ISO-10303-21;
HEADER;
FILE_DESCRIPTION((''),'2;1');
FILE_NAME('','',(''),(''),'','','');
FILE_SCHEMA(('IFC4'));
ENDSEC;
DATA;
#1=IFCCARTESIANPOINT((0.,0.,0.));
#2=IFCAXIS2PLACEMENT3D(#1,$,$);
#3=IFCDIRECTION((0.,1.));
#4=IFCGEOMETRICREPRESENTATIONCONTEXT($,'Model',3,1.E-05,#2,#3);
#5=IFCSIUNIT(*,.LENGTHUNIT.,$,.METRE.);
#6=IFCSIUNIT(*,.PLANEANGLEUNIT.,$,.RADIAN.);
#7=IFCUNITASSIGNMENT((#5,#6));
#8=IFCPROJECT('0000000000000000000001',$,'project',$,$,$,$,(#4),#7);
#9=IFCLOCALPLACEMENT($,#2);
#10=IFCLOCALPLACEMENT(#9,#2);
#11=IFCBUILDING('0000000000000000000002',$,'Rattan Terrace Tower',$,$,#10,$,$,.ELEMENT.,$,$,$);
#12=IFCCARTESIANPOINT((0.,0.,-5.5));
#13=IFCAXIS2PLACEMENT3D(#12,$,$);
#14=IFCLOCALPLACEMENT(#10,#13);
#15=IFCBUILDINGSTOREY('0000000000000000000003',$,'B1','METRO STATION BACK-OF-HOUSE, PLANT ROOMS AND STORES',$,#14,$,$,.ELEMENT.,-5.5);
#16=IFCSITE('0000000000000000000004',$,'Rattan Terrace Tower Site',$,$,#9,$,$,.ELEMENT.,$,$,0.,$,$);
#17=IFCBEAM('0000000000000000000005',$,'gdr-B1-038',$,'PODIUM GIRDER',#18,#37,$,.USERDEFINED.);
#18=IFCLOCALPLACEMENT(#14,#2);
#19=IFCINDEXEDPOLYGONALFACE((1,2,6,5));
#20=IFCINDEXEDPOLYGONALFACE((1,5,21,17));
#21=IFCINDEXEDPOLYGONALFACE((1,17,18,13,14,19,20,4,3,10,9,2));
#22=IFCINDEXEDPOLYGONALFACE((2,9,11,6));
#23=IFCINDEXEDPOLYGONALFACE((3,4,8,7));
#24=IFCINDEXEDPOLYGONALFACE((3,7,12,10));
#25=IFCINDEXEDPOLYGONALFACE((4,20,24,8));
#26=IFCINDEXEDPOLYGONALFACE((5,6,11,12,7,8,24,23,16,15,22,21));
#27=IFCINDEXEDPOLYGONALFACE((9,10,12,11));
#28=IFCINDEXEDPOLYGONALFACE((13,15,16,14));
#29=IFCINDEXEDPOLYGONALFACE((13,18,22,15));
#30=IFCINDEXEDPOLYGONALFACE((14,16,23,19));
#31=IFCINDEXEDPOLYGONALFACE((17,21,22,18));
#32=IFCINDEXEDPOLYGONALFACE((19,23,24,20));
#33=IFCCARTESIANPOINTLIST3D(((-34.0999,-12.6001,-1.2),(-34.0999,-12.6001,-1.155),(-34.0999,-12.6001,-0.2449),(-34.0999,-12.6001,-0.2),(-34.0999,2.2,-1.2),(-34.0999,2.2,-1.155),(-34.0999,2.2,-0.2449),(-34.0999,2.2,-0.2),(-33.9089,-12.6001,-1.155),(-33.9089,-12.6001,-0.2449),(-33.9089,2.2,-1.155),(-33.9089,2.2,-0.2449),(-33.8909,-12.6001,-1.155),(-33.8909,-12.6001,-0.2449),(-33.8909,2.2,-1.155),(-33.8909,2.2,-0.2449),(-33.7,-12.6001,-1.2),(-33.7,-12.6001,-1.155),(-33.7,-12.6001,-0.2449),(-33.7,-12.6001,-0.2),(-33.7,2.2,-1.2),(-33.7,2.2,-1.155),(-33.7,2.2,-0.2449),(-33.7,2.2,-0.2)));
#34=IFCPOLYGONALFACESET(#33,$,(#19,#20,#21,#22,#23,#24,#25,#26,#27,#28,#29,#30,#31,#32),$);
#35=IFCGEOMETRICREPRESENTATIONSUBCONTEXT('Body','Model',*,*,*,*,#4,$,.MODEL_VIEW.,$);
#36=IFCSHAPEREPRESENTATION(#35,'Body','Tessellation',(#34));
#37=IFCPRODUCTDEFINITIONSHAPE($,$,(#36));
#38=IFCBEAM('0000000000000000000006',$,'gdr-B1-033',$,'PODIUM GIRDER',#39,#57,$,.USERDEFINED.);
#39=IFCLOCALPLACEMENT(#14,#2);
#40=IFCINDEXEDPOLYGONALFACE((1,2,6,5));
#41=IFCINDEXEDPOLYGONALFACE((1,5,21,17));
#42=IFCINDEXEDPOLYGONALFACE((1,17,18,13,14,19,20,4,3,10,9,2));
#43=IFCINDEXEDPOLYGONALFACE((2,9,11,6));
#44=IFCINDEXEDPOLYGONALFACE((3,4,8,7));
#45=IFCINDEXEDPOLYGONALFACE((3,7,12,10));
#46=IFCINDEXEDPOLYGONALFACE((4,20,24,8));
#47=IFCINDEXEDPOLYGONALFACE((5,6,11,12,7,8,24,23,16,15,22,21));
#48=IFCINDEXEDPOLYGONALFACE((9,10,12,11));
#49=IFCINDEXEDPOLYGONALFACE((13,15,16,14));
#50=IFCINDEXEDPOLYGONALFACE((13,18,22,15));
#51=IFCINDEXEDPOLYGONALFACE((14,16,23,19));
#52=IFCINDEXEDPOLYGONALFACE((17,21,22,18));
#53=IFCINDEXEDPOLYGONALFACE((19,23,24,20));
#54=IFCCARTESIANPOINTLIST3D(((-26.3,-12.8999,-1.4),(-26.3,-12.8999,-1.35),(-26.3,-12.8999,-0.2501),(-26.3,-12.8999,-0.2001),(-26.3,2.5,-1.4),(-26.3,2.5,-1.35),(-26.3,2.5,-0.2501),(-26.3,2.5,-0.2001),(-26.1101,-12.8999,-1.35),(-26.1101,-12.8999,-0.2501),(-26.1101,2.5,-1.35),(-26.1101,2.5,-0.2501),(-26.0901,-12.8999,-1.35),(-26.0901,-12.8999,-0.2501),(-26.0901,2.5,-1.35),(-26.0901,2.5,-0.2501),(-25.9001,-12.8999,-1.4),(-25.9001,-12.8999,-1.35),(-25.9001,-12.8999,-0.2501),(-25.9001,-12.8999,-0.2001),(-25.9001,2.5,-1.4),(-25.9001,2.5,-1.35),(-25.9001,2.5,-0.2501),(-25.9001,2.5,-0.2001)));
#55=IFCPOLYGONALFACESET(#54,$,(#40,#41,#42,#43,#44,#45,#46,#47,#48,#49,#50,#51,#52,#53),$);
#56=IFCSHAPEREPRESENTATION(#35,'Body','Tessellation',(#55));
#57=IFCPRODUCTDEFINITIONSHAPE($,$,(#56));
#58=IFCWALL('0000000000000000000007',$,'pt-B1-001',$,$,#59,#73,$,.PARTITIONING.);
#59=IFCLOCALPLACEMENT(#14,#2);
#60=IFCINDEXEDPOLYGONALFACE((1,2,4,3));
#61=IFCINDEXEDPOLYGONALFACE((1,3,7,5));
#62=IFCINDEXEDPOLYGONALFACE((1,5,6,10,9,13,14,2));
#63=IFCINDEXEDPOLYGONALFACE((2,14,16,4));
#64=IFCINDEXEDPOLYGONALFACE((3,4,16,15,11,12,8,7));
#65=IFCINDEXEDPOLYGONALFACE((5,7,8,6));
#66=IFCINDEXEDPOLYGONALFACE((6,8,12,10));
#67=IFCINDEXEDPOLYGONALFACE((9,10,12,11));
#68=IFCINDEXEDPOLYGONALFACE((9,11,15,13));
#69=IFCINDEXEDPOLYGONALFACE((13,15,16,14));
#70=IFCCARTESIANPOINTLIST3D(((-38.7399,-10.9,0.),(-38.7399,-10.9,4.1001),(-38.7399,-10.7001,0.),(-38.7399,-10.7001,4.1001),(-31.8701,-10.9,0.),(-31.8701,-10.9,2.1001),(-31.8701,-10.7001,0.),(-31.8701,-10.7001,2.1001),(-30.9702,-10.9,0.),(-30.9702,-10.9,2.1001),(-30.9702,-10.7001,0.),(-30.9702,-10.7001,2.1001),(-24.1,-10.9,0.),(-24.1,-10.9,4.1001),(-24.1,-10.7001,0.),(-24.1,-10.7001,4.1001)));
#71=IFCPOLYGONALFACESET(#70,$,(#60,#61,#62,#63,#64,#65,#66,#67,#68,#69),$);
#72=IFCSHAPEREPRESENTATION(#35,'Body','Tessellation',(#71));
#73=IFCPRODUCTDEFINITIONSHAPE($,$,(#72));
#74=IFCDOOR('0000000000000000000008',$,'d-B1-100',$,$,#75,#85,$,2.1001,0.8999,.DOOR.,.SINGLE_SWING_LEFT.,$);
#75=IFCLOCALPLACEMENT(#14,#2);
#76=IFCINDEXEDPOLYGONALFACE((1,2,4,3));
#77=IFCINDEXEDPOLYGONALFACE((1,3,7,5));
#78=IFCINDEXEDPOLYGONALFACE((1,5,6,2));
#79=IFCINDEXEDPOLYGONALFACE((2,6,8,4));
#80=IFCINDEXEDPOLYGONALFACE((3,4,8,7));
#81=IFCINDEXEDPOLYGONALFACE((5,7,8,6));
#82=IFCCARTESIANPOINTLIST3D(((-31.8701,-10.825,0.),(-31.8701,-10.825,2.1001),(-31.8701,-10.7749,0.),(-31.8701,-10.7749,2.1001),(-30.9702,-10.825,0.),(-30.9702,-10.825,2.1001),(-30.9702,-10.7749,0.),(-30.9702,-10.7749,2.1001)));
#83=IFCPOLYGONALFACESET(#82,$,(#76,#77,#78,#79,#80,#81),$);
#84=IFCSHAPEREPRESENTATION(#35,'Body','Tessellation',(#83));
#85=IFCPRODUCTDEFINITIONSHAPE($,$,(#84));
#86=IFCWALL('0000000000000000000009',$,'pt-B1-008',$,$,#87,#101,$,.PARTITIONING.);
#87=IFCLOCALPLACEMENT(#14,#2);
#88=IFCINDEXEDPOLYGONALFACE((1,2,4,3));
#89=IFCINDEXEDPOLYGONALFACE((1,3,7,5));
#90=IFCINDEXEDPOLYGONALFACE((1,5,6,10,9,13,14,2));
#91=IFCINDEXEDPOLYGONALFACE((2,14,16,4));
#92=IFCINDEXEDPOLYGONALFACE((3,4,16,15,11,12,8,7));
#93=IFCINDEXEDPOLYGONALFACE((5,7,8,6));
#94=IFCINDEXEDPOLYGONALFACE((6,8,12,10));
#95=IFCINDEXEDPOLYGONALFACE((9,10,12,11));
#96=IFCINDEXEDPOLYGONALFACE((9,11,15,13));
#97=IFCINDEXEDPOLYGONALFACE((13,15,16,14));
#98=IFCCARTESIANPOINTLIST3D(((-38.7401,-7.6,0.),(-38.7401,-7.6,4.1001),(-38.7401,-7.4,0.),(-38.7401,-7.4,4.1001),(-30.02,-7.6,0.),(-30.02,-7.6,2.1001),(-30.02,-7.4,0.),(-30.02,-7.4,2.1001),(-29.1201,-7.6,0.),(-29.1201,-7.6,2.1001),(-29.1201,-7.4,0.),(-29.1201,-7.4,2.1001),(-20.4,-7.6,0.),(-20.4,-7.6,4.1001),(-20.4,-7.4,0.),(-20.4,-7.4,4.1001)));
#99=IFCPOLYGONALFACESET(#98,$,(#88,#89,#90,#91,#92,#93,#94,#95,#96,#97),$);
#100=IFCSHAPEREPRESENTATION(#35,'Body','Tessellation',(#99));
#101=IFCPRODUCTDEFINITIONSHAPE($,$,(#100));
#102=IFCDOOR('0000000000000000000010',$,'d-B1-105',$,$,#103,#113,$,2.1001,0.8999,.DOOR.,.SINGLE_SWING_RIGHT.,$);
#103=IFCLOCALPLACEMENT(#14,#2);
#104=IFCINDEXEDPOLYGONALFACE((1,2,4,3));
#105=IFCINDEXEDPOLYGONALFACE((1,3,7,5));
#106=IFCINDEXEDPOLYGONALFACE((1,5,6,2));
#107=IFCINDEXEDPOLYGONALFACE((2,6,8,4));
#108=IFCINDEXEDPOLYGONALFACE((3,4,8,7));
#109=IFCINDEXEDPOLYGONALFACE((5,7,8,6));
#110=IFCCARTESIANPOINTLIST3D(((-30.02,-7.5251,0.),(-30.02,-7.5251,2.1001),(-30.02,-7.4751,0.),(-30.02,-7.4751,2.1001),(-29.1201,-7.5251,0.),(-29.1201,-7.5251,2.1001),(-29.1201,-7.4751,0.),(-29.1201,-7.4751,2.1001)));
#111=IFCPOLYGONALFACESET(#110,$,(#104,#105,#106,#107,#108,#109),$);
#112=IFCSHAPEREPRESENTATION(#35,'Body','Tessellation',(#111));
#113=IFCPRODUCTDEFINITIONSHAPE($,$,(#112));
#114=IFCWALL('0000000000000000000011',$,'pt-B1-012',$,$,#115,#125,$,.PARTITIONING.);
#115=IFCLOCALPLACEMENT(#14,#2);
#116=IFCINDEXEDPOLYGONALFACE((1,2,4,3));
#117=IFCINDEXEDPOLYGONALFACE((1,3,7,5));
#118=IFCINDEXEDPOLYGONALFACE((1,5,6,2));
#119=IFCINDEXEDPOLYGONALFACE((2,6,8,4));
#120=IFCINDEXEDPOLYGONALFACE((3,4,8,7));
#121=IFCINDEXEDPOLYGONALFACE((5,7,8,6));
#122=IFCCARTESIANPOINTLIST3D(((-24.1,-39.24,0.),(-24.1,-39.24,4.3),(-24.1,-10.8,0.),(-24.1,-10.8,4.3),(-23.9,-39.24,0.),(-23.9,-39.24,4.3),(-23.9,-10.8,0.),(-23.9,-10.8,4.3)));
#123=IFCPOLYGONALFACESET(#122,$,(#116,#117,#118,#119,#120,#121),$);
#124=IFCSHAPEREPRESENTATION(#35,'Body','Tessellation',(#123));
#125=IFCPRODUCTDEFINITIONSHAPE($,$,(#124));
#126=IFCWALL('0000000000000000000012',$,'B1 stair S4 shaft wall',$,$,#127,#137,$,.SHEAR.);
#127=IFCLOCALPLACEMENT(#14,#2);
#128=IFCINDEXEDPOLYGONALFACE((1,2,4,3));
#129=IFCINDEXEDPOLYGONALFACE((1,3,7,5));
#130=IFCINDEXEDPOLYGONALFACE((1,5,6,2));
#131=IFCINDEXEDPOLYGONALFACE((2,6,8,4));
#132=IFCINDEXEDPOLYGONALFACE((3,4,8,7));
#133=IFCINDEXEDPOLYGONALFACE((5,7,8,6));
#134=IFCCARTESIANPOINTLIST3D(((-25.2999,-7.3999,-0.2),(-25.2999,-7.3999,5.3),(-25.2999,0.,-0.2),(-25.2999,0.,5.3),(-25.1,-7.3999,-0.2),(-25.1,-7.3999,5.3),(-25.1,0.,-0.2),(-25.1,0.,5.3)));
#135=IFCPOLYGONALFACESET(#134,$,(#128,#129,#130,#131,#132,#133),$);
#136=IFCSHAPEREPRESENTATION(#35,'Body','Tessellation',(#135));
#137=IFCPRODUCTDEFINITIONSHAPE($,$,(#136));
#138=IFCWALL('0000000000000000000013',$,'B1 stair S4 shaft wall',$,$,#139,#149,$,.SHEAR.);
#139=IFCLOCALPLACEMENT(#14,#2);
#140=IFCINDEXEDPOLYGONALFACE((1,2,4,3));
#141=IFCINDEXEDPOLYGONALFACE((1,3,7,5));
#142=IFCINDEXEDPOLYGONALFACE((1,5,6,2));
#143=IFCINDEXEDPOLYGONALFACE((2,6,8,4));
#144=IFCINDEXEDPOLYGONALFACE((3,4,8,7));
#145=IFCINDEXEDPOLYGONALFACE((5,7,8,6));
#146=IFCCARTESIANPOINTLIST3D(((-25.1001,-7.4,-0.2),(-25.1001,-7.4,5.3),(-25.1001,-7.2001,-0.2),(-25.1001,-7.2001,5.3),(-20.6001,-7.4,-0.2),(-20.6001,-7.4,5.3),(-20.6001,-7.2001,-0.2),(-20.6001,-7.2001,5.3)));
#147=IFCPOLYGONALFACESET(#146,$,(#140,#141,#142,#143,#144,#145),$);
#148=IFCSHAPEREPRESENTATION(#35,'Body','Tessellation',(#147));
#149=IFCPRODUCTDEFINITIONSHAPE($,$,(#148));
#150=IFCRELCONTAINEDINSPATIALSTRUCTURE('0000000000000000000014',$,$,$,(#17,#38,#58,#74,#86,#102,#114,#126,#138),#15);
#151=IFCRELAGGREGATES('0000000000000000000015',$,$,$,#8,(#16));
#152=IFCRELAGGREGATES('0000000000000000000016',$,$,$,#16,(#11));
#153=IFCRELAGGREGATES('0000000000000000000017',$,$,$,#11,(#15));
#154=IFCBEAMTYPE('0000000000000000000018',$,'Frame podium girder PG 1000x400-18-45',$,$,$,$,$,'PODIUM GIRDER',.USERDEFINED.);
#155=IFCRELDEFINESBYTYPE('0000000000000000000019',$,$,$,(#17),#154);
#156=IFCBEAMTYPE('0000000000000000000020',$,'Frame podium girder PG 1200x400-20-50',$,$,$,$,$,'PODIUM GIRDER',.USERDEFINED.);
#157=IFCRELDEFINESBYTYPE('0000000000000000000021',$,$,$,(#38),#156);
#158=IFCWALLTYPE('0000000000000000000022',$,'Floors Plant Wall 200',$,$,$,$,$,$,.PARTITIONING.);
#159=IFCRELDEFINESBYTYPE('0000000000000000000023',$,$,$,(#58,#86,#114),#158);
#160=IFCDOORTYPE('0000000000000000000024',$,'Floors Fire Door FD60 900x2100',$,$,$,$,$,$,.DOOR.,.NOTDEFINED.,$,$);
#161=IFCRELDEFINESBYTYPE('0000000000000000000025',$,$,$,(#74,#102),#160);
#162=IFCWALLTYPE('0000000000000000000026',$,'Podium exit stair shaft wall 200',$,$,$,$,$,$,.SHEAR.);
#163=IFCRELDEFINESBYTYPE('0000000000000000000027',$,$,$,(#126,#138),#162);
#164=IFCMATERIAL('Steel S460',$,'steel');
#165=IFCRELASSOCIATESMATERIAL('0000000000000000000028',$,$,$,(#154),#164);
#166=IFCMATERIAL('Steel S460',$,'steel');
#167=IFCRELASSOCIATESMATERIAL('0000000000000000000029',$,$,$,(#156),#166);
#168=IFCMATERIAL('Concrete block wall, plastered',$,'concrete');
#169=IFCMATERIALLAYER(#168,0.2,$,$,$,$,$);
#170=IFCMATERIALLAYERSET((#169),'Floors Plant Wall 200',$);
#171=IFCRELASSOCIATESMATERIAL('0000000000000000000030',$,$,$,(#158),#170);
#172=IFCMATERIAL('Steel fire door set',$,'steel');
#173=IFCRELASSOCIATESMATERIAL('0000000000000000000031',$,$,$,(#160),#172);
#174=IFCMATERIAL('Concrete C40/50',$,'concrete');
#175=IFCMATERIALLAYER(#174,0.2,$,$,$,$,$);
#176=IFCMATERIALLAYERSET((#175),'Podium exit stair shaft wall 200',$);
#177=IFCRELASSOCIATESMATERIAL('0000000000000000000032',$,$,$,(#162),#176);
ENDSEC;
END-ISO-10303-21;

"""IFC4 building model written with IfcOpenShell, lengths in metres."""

from ifc_helpers import new_model, si_unit, direction, frame, frame_2d, origin, origin_2d, place, context, subcontext, project, spatial, rectangle, i_section, extrude, material, layer, layer_set, material_profile, profile_set, type_object, element, fill, save


model = new_model("IFC4")

# Units and contexts
model_context = context("Model", 3, precision=1e-05, world=origin(), true_north=direction((0.0, 1.0)))
body_context = subcontext(model_context, "Body", "Model", "MODEL_VIEW")
ifc_project = project(units=[si_unit("LENGTHUNIT", "METRE"), si_unit("PLANEANGLEUNIT", "RADIAN")], contexts=[model_context])

# Site, building, storey
site_placement = place(None, origin())
site = spatial("IfcSite", under=ifc_project, at=site_placement, Name="Rattan Terrace Tower Site", CompositionType="ELEMENT", RefElevation=0.0)
building_placement = place(site_placement, origin())
building = spatial("IfcBuilding", under=site, at=building_placement, Name="Rattan Terrace Tower", CompositionType="ELEMENT")
storey_placement = place(building_placement, frame((0.0, 0.0, -5.5)))
storey = spatial("IfcBuildingStorey", under=building, at=storey_placement, Name="B1", Description="METRO STATION BACK-OF-HOUSE, PLANT ROOMS AND STORES", CompositionType="ELEMENT", Elevation=-5.5)

# Beams
ifc_material_1 = material(Name="Steel S460", Category="steel")
ifc_material_profile_1 = material_profile(ifc_material_1, i_section(OverallWidth=0.3999, OverallDepth=1.0, WebThickness=0.0181, FlangeThickness=0.0449, at=origin_2d()), Name="PG 1000x400-18-45")
ifc_profile_set_1 = profile_set([ifc_material_profile_1], Name="Steel S460")
beam_type_1 = type_object("IfcBeamType", Name="Frame podium girder PG 1000x400-18-45", ElementType="PODIUM GIRDER", PredefinedType="USERDEFINED", material=ifc_profile_set_1)
beam_1_placement = place(storey_placement, frame((-33.8999, -12.6001, -0.7), z_axis=(0.0, 1.0, 0.0), x_axis=(-1.0, 0.0, 0.0)))
element("IfcBeam", 1, at=beam_1_placement, inside=storey, type_object=beam_type_1, Name="gdr-B1-038", ObjectType="PODIUM GIRDER", PredefinedType="USERDEFINED", context=body_context, shape_type="SweptSolid", body=[
    extrude(i_section(OverallWidth=0.3999, OverallDepth=1.0, WebThickness=0.0181, FlangeThickness=0.0449, at=origin_2d()), origin(), (0.0, 0.0, 1.0), 14.8),
])
ifc_material_2 = material(Name="Steel S460", Category="steel")
ifc_material_profile_2 = material_profile(ifc_material_2, i_section(OverallWidth=0.3999, OverallDepth=1.2, WebThickness=0.02, FlangeThickness=0.05, at=origin_2d()), Name="PG 1200x400-20-50")
ifc_profile_set_2 = profile_set([ifc_material_profile_2], Name="Steel S460")
beam_type_2 = type_object("IfcBeamType", Name="Frame podium girder PG 1200x400-20-50", ElementType="PODIUM GIRDER", PredefinedType="USERDEFINED", material=ifc_profile_set_2)
beam_2_placement = place(storey_placement, frame((-26.1001, -12.8999, -0.8), z_axis=(0.0, 1.0, 0.0), x_axis=(-1.0, 0.0, 0.0)))
element("IfcBeam", 2, at=beam_2_placement, inside=storey, type_object=beam_type_2, Name="gdr-B1-033", ObjectType="PODIUM GIRDER", PredefinedType="USERDEFINED", context=body_context, shape_type="SweptSolid", body=[
    extrude(i_section(OverallWidth=0.3999, OverallDepth=1.2, WebThickness=0.02, FlangeThickness=0.05, at=origin_2d()), origin(), (0.0, 0.0, 1.0), 15.3999),
])

# Walls, openings, doors
ifc_material_3 = material(Name="Concrete block wall, plastered", Category="concrete")
ifc_layer_1 = layer(ifc_material_3, 0.2)
ifc_layer_set_1 = layer_set([ifc_layer_1], Name="Floors Plant Wall 200")
wall_type_1 = type_object("IfcWallType", Name="Floors Plant Wall 200", PredefinedType="PARTITIONING", material=ifc_layer_set_1)
wall_1_placement = place(storey_placement, frame((-24.1001, -10.8, 0.0), z_axis=(0.0, 0.0, 1.0), x_axis=(-1.0, 0.0, 0.0)))
wall_1 = element("IfcWall", 3, at=wall_1_placement, inside=storey, type_object=wall_type_1, Name="pt-B1-001", PredefinedType="PARTITIONING", context=body_context, shape_type="SweptSolid", body=[
    extrude(rectangle(XDim=14.6399, YDim=0.2, at=frame_2d((7.3198, 0.0))), origin(), (0.0, 0.0, 1.0), 4.1001),
])
opening_1_placement = place(wall_1_placement, frame((6.8701, 0.0, 0.0)))
opening_1 = element("IfcOpeningElement", 4, at=opening_1_placement, cuts=wall_1, PredefinedType="OPENING", context=body_context, shape_type="SweptSolid", body=[
    extrude(rectangle(XDim=0.8999, YDim=2.1001, at=frame_2d((0.45, 1.05))), frame((0.0, 0.1106, 0.0), z_axis=(0.0, -1.0, 0.0), x_axis=(1.0, 0.0, 0.0)), (0.0, 0.0, 1.0), 0.2209),
])
ifc_material_4 = material(Name="Steel fire door set", Category="steel")
door_type = type_object("IfcDoorType", Name="Floors Fire Door FD60 900x2100", OperationType="NOTDEFINED", PredefinedType="DOOR", material=ifc_material_4)
door_1_placement = place(opening_1_placement, origin())
door_1 = element("IfcDoor", 5, at=door_1_placement, inside=storey, type_object=door_type, Name="d-B1-100", OperationType="SINGLE_SWING_LEFT", OverallHeight=2.1001, OverallWidth=0.8999, PredefinedType="DOOR", context=body_context, shape_type="SweptSolid", body=[
    extrude(rectangle(XDim=0.8999, YDim=2.1001, at=frame_2d((0.45, 1.05))), frame((0.0, 0.0249, 0.0), z_axis=(0.0, -1.0, 0.0), x_axis=(1.0, 0.0, 0.0)), (0.0, 0.0, 1.0), 0.05),
])
fill(opening_1, door_1)
wall_2_placement = place(storey_placement, frame((-38.74, -7.5, 0.0), z_axis=(0.0, 0.0, 1.0), x_axis=(1.0, 0.0, 0.0)))
wall_2 = element("IfcWall", 6, at=wall_2_placement, inside=storey, type_object=wall_type_1, Name="pt-B1-008", PredefinedType="PARTITIONING", context=body_context, shape_type="SweptSolid", body=[
    extrude(rectangle(XDim=18.3401, YDim=0.2, at=frame_2d((9.1699, 0.0))), origin(), (0.0, 0.0, 1.0), 4.1001),
])
opening_2_placement = place(wall_2_placement, frame((8.72, 0.0, 0.0)))
opening_2 = element("IfcOpeningElement", 7, at=opening_2_placement, cuts=wall_2, PredefinedType="OPENING", context=body_context, shape_type="SweptSolid", body=[
    extrude(rectangle(XDim=0.8999, YDim=2.1001, at=frame_2d((0.45, 1.05))), frame((0.0, 0.1106, 0.0), z_axis=(0.0, -1.0, 0.0), x_axis=(1.0, 0.0, 0.0)), (0.0, 0.0, 1.0), 0.2209),
])
door_2_placement = place(opening_2_placement, origin())
door_2 = element("IfcDoor", 8, at=door_2_placement, inside=storey, type_object=door_type, Name="d-B1-105", OperationType="SINGLE_SWING_RIGHT", OverallHeight=2.1001, OverallWidth=0.8999, PredefinedType="DOOR", context=body_context, shape_type="SweptSolid", body=[
    extrude(rectangle(XDim=0.8999, YDim=2.1001, at=frame_2d((0.45, 1.05))), frame((0.0, 0.0249, 0.0), z_axis=(0.0, -1.0, 0.0), x_axis=(1.0, 0.0, 0.0)), (0.0, 0.0, 1.0), 0.05),
])
fill(opening_2, door_2)

# Walls
wall_3_placement = place(storey_placement, frame((-24.0, -10.8, 0.0), z_axis=(0.0, 0.0, 1.0), x_axis=(0.0, -1.0, 0.0)))
element("IfcWall", 9, at=wall_3_placement, inside=storey, type_object=wall_type_1, Name="pt-B1-012", PredefinedType="PARTITIONING", context=body_context, shape_type="SweptSolid", body=[
    extrude(rectangle(XDim=28.4399, YDim=0.2, at=frame_2d((14.22, 0.0))), origin(), (0.0, 0.0, 1.0), 4.3),
])
ifc_material_5 = material(Name="Concrete C40/50", Category="concrete")
ifc_layer_2 = layer(ifc_material_5, 0.2)
ifc_layer_set_2 = layer_set([ifc_layer_2], Name="Podium exit stair shaft wall 200")
wall_type_2 = type_object("IfcWallType", Name="Podium exit stair shaft wall 200", PredefinedType="SHEAR", material=ifc_layer_set_2)
wall_4_placement = place(storey_placement, frame((-25.2, -7.3999, -0.2), z_axis=(0.0, 0.0, 1.0), x_axis=(0.0, 1.0, 0.0)))
element("IfcWall", 10, at=wall_4_placement, inside=storey, type_object=wall_type_2, Name="B1 stair S4 shaft wall", PredefinedType="SHEAR", context=body_context, shape_type="SweptSolid", body=[
    extrude(rectangle(XDim=7.3999, YDim=0.2, at=frame_2d((3.7, 0.0))), origin(), (0.0, 0.0, 1.0), 5.5),
])
wall_5_placement = place(storey_placement, frame((-25.1001, -7.3, -0.2), z_axis=(0.0, 0.0, 1.0), x_axis=(1.0, 0.0, 0.0)))
element("IfcWall", 11, at=wall_5_placement, inside=storey, type_object=wall_type_2, Name="B1 stair S4 shaft wall", PredefinedType="SHEAR", context=body_context, shape_type="SweptSolid", body=[
    extrude(rectangle(XDim=4.5, YDim=0.2, at=frame_2d((2.25, 0.0))), origin(), (0.0, 0.0, 1.0), 5.5),
])

save(model, "model.ifc")
